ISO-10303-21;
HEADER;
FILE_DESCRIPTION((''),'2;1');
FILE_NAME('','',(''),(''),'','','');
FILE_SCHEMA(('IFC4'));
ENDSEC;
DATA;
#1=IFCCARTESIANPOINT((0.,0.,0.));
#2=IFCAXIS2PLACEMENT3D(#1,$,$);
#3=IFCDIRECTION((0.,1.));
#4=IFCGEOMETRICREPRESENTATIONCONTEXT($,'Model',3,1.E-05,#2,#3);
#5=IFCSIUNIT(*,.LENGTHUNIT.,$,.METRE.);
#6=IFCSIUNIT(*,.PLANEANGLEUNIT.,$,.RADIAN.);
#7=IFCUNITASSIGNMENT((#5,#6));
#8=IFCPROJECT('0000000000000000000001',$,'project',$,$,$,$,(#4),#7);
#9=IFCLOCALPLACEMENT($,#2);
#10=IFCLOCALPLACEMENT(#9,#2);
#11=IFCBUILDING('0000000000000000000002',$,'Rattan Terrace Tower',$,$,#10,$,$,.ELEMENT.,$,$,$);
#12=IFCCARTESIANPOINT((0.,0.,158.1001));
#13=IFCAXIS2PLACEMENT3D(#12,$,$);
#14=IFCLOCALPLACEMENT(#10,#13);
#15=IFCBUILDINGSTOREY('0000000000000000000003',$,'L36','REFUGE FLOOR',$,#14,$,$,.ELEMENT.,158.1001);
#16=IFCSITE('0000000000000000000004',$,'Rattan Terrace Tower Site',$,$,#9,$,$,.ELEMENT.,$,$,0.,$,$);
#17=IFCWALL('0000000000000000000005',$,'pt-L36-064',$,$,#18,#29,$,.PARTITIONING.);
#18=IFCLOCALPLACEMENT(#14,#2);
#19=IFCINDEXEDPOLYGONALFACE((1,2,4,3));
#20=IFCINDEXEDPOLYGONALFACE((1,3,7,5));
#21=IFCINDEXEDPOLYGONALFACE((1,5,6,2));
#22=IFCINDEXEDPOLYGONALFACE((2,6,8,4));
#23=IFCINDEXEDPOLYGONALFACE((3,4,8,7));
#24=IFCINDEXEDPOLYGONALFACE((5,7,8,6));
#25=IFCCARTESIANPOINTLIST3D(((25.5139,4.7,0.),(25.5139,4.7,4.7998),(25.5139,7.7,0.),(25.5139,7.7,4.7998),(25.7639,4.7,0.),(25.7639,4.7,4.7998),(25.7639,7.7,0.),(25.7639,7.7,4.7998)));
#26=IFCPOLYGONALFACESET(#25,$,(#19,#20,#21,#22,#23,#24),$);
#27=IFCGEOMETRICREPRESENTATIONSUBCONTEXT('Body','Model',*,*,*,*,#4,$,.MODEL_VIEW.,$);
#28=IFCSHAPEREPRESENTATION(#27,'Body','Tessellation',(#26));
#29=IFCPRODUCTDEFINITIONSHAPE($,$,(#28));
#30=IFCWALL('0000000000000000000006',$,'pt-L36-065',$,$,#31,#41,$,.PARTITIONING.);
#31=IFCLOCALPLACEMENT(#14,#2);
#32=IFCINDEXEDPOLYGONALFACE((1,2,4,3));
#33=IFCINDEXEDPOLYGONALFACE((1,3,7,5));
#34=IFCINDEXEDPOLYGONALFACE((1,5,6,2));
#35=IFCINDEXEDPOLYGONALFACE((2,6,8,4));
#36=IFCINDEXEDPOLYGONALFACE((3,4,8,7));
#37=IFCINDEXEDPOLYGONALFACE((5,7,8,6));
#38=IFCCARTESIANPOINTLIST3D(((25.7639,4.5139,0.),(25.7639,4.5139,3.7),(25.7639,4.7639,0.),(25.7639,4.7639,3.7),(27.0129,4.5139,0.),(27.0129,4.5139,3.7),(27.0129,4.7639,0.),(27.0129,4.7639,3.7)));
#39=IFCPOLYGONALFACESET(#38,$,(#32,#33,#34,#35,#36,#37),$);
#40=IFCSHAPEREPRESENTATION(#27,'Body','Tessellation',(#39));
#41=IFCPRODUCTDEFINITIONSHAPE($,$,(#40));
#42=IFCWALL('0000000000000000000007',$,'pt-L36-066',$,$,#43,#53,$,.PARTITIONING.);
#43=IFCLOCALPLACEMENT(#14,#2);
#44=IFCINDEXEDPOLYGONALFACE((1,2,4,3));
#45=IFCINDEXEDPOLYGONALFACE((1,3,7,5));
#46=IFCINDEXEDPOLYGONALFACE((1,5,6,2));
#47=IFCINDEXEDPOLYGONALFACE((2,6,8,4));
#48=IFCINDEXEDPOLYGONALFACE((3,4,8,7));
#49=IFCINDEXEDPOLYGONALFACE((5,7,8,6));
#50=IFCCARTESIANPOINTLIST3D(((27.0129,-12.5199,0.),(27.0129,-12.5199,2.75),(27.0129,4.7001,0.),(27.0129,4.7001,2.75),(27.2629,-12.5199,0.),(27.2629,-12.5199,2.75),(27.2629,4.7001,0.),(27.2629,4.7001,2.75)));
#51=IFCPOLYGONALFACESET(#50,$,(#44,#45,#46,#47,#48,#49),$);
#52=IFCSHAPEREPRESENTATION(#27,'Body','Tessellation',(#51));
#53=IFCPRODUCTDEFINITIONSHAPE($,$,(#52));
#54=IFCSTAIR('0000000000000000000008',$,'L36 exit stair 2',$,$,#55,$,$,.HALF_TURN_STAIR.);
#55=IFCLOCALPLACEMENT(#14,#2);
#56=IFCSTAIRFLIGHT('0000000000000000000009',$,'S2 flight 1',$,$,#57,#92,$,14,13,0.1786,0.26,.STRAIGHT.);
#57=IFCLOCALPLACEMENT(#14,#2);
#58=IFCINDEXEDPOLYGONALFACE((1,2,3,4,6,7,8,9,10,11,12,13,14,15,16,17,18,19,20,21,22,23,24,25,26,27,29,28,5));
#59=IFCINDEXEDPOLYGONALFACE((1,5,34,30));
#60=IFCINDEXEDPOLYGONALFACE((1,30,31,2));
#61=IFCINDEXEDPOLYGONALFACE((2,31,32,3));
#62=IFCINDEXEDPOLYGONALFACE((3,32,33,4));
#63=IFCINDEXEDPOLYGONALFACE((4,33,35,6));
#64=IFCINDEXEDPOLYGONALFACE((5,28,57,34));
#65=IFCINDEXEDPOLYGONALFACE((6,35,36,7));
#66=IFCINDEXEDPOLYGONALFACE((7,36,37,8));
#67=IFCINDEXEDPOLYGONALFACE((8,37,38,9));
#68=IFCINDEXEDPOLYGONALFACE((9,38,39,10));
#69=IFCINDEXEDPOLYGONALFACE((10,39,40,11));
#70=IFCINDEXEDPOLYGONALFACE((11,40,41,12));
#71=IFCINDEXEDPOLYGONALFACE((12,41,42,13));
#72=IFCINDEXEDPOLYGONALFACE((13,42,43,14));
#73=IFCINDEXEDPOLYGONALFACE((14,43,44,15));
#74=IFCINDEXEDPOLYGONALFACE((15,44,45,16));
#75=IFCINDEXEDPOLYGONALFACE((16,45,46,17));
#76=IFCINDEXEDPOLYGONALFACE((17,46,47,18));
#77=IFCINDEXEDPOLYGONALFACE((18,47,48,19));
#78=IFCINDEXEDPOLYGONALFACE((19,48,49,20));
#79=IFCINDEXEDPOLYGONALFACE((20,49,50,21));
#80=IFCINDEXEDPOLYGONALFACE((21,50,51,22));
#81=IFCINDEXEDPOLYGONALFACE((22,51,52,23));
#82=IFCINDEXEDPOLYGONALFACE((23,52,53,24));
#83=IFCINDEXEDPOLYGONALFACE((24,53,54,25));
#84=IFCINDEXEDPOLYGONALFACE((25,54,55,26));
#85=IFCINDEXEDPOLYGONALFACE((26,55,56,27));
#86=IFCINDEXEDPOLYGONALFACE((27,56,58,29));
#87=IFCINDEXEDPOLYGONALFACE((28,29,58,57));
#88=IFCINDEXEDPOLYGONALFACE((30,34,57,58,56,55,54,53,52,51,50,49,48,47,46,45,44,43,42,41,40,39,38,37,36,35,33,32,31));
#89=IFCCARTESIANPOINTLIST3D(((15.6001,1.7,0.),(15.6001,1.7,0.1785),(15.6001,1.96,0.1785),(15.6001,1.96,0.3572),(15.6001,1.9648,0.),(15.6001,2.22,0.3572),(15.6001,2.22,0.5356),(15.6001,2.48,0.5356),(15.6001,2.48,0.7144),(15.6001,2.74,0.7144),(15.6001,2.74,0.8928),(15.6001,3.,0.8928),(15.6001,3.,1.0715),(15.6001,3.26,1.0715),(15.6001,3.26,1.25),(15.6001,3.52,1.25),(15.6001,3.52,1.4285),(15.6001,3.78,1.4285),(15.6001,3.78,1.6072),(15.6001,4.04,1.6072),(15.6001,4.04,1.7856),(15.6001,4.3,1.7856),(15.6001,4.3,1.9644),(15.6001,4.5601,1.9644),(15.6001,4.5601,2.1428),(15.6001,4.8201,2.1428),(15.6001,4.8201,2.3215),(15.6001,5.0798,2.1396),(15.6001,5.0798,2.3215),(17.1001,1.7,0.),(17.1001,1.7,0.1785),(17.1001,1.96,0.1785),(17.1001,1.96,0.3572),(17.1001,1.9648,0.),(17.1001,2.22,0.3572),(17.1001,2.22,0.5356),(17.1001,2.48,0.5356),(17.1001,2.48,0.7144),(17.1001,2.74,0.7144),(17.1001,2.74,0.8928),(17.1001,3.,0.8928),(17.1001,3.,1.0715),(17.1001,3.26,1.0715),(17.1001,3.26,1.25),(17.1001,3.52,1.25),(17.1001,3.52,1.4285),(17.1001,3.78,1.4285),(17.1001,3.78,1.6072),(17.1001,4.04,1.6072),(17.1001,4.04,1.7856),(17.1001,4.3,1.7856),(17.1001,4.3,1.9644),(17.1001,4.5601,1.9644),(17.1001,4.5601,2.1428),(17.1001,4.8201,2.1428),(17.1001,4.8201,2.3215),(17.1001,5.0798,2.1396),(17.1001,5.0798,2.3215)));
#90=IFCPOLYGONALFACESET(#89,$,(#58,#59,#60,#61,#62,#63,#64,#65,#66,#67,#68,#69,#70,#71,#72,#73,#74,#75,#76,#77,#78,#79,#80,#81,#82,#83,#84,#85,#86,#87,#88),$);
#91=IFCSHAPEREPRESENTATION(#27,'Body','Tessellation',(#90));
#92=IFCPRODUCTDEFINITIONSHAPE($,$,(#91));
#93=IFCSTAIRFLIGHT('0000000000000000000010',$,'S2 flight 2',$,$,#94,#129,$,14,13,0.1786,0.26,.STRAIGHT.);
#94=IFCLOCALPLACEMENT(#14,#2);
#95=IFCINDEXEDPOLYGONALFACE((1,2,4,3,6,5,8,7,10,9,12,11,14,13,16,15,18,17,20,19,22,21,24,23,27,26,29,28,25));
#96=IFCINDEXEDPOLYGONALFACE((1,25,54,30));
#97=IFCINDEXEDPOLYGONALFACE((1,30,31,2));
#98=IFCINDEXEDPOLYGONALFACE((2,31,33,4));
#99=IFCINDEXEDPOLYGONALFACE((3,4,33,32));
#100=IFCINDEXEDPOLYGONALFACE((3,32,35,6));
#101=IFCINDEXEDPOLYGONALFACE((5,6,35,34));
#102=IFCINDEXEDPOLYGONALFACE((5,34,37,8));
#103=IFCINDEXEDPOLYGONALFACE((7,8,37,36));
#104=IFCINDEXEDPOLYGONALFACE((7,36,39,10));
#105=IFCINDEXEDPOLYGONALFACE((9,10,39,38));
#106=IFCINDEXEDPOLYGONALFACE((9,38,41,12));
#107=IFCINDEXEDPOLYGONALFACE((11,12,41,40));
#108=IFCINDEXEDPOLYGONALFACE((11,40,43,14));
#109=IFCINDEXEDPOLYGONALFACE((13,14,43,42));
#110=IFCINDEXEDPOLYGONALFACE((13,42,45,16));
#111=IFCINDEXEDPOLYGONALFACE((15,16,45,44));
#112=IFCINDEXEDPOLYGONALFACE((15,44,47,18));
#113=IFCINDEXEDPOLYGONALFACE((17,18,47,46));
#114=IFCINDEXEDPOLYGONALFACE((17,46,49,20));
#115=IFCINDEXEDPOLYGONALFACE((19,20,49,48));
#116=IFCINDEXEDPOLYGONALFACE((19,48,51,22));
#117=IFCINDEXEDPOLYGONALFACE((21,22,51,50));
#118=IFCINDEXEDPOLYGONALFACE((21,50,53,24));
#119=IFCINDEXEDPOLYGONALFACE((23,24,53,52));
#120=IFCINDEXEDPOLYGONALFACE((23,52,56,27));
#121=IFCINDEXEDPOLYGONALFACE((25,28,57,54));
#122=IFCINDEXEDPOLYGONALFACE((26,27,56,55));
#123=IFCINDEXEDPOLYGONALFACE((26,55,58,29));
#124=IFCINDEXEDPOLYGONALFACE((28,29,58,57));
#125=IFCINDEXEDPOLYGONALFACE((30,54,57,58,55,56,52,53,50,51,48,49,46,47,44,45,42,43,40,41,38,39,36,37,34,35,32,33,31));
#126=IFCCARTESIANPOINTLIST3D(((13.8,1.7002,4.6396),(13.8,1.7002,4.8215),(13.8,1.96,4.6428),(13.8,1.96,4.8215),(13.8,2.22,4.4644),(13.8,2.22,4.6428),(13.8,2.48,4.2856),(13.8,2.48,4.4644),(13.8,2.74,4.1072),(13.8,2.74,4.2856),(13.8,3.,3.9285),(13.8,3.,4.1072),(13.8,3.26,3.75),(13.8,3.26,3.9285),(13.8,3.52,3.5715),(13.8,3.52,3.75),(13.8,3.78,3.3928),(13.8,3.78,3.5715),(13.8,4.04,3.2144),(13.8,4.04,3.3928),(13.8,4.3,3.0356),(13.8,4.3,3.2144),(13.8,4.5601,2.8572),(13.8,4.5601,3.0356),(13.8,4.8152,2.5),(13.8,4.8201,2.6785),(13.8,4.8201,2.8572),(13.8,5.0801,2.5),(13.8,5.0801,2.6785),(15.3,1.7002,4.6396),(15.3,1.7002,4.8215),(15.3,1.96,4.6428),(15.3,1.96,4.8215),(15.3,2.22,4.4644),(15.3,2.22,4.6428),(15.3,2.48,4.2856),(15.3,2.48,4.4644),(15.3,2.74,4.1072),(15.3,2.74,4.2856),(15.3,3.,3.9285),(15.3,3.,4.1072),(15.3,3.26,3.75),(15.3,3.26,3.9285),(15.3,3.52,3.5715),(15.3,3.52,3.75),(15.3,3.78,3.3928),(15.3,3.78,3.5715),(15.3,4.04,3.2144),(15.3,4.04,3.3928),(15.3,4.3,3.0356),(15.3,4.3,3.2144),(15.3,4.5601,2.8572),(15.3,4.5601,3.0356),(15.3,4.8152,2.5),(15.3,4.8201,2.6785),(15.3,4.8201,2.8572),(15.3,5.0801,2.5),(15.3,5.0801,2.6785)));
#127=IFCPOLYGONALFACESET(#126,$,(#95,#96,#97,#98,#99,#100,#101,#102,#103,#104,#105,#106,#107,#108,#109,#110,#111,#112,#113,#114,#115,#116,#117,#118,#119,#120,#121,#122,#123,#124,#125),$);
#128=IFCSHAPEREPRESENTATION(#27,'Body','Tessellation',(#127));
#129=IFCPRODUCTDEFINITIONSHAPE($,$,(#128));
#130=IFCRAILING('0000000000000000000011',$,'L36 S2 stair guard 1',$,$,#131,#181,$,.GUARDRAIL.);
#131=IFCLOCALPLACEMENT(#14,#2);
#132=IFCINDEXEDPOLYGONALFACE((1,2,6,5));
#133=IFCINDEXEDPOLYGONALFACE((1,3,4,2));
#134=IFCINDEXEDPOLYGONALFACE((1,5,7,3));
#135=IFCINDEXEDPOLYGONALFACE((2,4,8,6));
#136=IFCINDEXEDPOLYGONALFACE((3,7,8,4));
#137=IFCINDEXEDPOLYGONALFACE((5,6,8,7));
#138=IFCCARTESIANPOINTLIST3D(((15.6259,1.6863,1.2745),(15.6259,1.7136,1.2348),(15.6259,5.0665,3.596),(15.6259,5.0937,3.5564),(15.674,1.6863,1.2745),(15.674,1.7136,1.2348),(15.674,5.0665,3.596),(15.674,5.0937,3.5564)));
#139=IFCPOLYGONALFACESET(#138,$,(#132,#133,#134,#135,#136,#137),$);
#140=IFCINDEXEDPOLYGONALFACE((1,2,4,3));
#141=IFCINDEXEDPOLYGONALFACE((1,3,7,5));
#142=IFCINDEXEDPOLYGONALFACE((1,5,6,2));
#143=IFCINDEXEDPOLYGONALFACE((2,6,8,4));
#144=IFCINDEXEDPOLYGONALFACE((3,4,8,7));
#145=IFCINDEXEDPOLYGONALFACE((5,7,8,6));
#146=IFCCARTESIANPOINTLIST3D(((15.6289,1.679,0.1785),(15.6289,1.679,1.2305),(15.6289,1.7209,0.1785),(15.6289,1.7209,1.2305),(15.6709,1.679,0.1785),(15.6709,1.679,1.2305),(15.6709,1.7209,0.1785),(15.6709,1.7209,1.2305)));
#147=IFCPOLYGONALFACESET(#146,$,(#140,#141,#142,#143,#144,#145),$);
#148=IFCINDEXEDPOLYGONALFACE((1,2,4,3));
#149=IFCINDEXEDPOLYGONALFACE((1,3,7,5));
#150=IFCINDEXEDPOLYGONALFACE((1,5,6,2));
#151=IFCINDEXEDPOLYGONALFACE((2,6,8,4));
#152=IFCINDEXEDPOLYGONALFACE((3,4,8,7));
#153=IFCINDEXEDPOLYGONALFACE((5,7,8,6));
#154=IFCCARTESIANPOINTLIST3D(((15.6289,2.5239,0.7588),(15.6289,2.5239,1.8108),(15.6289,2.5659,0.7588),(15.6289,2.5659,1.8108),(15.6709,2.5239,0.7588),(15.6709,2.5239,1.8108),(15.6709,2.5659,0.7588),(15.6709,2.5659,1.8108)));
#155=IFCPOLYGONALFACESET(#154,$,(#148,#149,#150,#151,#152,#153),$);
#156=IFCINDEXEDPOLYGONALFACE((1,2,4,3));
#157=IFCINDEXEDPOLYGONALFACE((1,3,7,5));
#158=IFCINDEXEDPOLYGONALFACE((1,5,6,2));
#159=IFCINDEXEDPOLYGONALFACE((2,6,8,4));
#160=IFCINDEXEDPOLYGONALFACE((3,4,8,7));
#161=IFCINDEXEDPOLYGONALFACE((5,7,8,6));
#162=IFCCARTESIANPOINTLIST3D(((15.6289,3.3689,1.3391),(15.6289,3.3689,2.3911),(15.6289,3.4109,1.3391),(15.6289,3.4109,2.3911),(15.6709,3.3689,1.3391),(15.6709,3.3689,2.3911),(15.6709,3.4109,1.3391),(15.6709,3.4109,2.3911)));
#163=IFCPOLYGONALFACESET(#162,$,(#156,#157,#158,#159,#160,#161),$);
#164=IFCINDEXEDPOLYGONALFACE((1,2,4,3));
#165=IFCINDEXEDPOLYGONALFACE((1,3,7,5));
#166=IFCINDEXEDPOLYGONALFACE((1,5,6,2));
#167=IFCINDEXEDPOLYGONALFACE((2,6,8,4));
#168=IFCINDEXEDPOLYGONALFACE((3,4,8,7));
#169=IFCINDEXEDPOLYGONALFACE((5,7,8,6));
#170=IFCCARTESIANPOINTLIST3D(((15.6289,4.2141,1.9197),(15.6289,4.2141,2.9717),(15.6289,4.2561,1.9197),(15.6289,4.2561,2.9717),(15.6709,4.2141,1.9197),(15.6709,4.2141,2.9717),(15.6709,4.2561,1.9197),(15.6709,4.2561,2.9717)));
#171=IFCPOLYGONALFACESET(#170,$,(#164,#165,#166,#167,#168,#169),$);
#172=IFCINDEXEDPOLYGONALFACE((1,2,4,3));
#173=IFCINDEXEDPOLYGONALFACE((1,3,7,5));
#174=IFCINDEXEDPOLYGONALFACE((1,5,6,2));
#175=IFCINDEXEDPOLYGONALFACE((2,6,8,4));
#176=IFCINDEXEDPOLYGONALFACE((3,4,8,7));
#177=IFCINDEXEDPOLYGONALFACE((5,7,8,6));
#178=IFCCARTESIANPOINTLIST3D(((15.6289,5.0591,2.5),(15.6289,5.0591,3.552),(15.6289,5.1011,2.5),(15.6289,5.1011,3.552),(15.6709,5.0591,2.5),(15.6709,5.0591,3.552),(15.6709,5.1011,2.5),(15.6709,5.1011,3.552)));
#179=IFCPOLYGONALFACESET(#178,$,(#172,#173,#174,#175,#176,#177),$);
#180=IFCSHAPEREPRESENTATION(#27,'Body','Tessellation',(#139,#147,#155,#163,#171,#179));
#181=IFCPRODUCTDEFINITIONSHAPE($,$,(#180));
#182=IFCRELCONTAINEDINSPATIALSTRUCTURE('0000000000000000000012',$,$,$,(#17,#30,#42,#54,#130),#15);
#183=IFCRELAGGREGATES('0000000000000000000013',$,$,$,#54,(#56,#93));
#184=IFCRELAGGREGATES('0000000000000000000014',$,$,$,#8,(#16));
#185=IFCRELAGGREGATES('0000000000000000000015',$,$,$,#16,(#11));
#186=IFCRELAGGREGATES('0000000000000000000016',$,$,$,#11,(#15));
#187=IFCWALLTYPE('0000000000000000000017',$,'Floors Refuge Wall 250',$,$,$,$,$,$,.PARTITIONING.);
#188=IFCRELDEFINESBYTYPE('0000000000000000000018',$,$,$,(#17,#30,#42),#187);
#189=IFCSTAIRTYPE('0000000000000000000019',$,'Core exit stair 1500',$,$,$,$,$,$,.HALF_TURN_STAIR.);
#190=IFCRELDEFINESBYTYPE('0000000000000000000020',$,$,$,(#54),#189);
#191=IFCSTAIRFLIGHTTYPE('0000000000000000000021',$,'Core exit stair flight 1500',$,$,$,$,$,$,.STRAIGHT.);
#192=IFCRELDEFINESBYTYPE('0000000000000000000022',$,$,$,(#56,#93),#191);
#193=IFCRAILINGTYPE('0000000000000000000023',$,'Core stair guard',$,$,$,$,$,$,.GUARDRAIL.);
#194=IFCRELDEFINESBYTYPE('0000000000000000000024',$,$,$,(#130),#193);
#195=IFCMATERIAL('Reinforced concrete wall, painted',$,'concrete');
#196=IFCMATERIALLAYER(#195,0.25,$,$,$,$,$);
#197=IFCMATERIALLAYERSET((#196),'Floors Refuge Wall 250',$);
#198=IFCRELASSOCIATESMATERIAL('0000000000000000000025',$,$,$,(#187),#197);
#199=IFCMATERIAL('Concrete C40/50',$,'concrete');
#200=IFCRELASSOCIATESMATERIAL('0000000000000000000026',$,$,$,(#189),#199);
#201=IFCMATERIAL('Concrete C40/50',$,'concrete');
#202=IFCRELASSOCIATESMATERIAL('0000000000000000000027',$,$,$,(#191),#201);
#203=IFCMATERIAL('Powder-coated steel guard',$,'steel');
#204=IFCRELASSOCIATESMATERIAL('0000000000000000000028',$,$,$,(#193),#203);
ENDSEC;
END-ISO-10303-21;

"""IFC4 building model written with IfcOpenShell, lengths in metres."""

from ifc_helpers import new_model, si_unit, direction, frame, frame_2d, origin, origin_2d, place, context, subcontext, project, spatial, polyline, rectangle, outline, extrude, material, layer, layer_set, type_object, element, aggregate, save


model = new_model("IFC4")

# Units and contexts
model_context = context("Model", 3, precision=1e-05, world=origin(), true_north=direction((0.0, 1.0)))
body_context = subcontext(model_context, "Body", "Model", "MODEL_VIEW")
ifc_project = project(units=[si_unit("LENGTHUNIT", "METRE"), si_unit("PLANEANGLEUNIT", "RADIAN")], contexts=[model_context])

# Site, building, storey
site_placement = place(None, origin())
site = spatial("IfcSite", under=ifc_project, at=site_placement, Name="Rattan Terrace Tower Site", CompositionType="ELEMENT", RefElevation=0.0)
building_placement = place(site_placement, origin())
building = spatial("IfcBuilding", under=site, at=building_placement, Name="Rattan Terrace Tower", CompositionType="ELEMENT")
storey_placement = place(building_placement, frame((0.0, 0.0, 158.1001)))
storey = spatial("IfcBuildingStorey", under=building, at=storey_placement, Name="L36", Description="REFUGE FLOOR", CompositionType="ELEMENT", Elevation=158.1001)

# Shared definitions
ifc_material_1 = material(Name="Reinforced concrete wall, painted", Category="concrete")
ifc_layer = layer(ifc_material_1, 0.25)
ifc_layer_set = layer_set([ifc_layer], Name="Floors Refuge Wall 250")
wall_type = type_object("IfcWallType", Name="Floors Refuge Wall 250", PredefinedType="PARTITIONING", material=ifc_layer_set)

# Walls
wall_1_placement = place(storey_placement, frame((25.6389, 7.7, 0.0), z_axis=(0.0, 0.0, 1.0), x_axis=(0.0, -1.0, 0.0)))
element("IfcWall", 1, at=wall_1_placement, inside=storey, type_object=wall_type, Name="pt-L36-064", PredefinedType="PARTITIONING", context=body_context, shape_type="SweptSolid", body=[
    extrude(rectangle(XDim=3.0, YDim=0.25, at=frame_2d((1.5, 0.0))), origin(), (0.0, 0.0, 1.0), 4.7998),
])
wall_2_placement = place(storey_placement, frame((25.7639, 4.6389, 0.0), z_axis=(0.0, 0.0, 1.0), x_axis=(1.0, 0.0, 0.0)))
element("IfcWall", 2, at=wall_2_placement, inside=storey, type_object=wall_type, Name="pt-L36-065", PredefinedType="PARTITIONING", context=body_context, shape_type="SweptSolid", body=[
    extrude(rectangle(XDim=1.249, YDim=0.25, at=frame_2d((0.6245, 0.0))), origin(), (0.0, 0.0, 1.0), 3.7),
])
wall_3_placement = place(storey_placement, frame((27.1379, 4.7, 0.0), z_axis=(0.0, 0.0, 1.0), x_axis=(0.0, -1.0, 0.0)))
element("IfcWall", 3, at=wall_3_placement, inside=storey, type_object=wall_type, Name="pt-L36-066", PredefinedType="PARTITIONING", context=body_context, shape_type="SweptSolid", body=[
    extrude(rectangle(XDim=17.22, YDim=0.25, at=frame_2d((8.6099, 0.0))), origin(), (0.0, 0.0, 1.0), 2.75),
])

# Stair, stair flights
ifc_material_2 = material(Name="Concrete C40/50", Category="concrete")
stair_type = type_object("IfcStairType", Name="Core exit stair 1500", PredefinedType="HALF_TURN_STAIR", material=ifc_material_2)
stair_placement = place(storey_placement, origin())
stair = element("IfcStair", 4, at=stair_placement, inside=storey, type_object=stair_type, Name="L36 exit stair 2", PredefinedType="HALF_TURN_STAIR")
ifc_material_3 = material(Name="Concrete C40/50", Category="concrete")
stair_flight_type = type_object("IfcStairFlightType", Name="Core exit stair flight 1500", PredefinedType="STRAIGHT", material=ifc_material_3)
stair_flight_1_placement = place(storey_placement, frame((16.3501, 1.7, 0.0), z_axis=(0.0, 0.0, 1.0), x_axis=(0.0, 1.0, 0.0)))
stair_flight_1 = element("IfcStairFlight", 5, at=stair_flight_1_placement, type_object=stair_flight_type, Name="S2 flight 1", NumberOfRisers=14, NumberOfTreads=13, PredefinedType="STRAIGHT", RiserHeight=0.1786, TreadLength=0.26, context=body_context, shape_type="SweptSolid", body=[
    extrude(outline(polyline([(0.0, 0.0), (0.0, 0.1785), (0.26, 0.1785), (0.26, 0.3572), (0.52, 0.3572), (0.52, 0.5356), (0.78, 0.5356), (0.78, 0.7144), (1.04, 0.7144), (1.04, 0.8928), (1.3, 0.8928), (1.3, 1.0715), (1.5601, 1.0715), (1.5601, 1.25), (1.8201, 1.25), (1.8201, 1.4285), (2.0801, 1.4285), (2.0801, 1.6072), (2.3401, 1.6072), (2.3401, 1.7856), (2.6001, 1.7856), (2.6001, 1.9644), (2.8601, 1.9644), (2.8601, 2.1428), (3.1201, 2.1428), (3.1201, 2.3215), (3.3799, 2.3215), (3.3799, 2.5), (3.3799, 2.1396), (0.2649, 0.0), (0.0, 0.0)])), frame((0.0, 0.75, 0.0), z_axis=(0.0, -1.0, 0.0), x_axis=(1.0, 0.0, 0.0)), (0.0, 0.0, 1.0), 1.5),
])
stair_flight_2_placement = place(storey_placement, frame((14.55, 5.0801, 2.5), z_axis=(0.0, 0.0, 1.0), x_axis=(0.0, -1.0, 0.0)))
stair_flight_2 = element("IfcStairFlight", 6, at=stair_flight_2_placement, type_object=stair_flight_type, Name="S2 flight 2", NumberOfRisers=14, NumberOfTreads=13, PredefinedType="STRAIGHT", RiserHeight=0.1786, TreadLength=0.26, context=body_context, shape_type="SweptSolid", body=[
    extrude(outline(polyline([(0.0, 0.0), (0.0, 0.1785), (0.26, 0.1785), (0.26, 0.3572), (0.52, 0.3572), (0.52, 0.5356), (0.78, 0.5356), (0.78, 0.7144), (1.04, 0.7144), (1.04, 0.8928), (1.3, 0.8928), (1.3, 1.0715), (1.5601, 1.0715), (1.5601, 1.25), (1.8201, 1.25), (1.8201, 1.4285), (2.0801, 1.4285), (2.0801, 1.6072), (2.3401, 1.6072), (2.3401, 1.7856), (2.6001, 1.7856), (2.6001, 1.9644), (2.8601, 1.9644), (2.8601, 2.1428), (3.1201, 2.1428), (3.1201, 2.3215), (3.3799, 2.3215), (3.3799, 2.5), (3.3799, 2.1396), (0.2649, 0.0), (0.0, 0.0)])), frame((0.0, 0.75, 0.0), z_axis=(0.0, -1.0, 0.0), x_axis=(1.0, 0.0, 0.0)), (0.0, 0.0, 1.0), 1.5),
])
aggregate(stair, [stair_flight_1, stair_flight_2])

# Railing
ifc_material_4 = material(Name="Powder-coated steel guard", Category="steel")
railing_type_1 = type_object("IfcRailingType", Name="Core stair guard", PredefinedType="GUARDRAIL", material=ifc_material_4)
railing_1_placement = place(storey_placement, frame((15.6499, 1.7, 0.1785)))
element("IfcRailing", 7, at=railing_1_placement, inside=storey, type_object=railing_type_1, Name="L36 S2 stair guard 1", PredefinedType="GUARDRAIL", context=body_context, shape_type="SweptSolid", body=[
    extrude(rectangle(XDim=0.0481, YDim=0.0481, at=origin_2d()), frame((0.0, 0.0, 1.0762), z_axis=(0.0, 0.824304, 0.566147), x_axis=(-1.0, 0.0, 0.0)), (0.0, 0.0, 1.0), 4.1006),
    extrude(rectangle(XDim=0.042, YDim=0.042, at=origin_2d()), origin(), (0.0, 0.0, 1.0), 1.052),
    extrude(rectangle(XDim=0.042, YDim=0.042, at=origin_2d()), frame((0.0, 0.845, 0.5803)), (0.0, 0.0, 1.0), 1.052),
    extrude(rectangle(XDim=0.042, YDim=0.042, at=origin_2d()), frame((0.0, 1.6899, 1.1606)), (0.0, 0.0, 1.0), 1.052),
    extrude(rectangle(XDim=0.042, YDim=0.042, at=origin_2d()), frame((0.0, 2.5352, 1.7412)), (0.0, 0.0, 1.0), 1.052),
    extrude(rectangle(XDim=0.042, YDim=0.042, at=origin_2d()), frame((0.0, 3.3801, 2.3215)), (0.0, 0.0, 1.0), 1.052),
])

save(model, "model.ifc")
